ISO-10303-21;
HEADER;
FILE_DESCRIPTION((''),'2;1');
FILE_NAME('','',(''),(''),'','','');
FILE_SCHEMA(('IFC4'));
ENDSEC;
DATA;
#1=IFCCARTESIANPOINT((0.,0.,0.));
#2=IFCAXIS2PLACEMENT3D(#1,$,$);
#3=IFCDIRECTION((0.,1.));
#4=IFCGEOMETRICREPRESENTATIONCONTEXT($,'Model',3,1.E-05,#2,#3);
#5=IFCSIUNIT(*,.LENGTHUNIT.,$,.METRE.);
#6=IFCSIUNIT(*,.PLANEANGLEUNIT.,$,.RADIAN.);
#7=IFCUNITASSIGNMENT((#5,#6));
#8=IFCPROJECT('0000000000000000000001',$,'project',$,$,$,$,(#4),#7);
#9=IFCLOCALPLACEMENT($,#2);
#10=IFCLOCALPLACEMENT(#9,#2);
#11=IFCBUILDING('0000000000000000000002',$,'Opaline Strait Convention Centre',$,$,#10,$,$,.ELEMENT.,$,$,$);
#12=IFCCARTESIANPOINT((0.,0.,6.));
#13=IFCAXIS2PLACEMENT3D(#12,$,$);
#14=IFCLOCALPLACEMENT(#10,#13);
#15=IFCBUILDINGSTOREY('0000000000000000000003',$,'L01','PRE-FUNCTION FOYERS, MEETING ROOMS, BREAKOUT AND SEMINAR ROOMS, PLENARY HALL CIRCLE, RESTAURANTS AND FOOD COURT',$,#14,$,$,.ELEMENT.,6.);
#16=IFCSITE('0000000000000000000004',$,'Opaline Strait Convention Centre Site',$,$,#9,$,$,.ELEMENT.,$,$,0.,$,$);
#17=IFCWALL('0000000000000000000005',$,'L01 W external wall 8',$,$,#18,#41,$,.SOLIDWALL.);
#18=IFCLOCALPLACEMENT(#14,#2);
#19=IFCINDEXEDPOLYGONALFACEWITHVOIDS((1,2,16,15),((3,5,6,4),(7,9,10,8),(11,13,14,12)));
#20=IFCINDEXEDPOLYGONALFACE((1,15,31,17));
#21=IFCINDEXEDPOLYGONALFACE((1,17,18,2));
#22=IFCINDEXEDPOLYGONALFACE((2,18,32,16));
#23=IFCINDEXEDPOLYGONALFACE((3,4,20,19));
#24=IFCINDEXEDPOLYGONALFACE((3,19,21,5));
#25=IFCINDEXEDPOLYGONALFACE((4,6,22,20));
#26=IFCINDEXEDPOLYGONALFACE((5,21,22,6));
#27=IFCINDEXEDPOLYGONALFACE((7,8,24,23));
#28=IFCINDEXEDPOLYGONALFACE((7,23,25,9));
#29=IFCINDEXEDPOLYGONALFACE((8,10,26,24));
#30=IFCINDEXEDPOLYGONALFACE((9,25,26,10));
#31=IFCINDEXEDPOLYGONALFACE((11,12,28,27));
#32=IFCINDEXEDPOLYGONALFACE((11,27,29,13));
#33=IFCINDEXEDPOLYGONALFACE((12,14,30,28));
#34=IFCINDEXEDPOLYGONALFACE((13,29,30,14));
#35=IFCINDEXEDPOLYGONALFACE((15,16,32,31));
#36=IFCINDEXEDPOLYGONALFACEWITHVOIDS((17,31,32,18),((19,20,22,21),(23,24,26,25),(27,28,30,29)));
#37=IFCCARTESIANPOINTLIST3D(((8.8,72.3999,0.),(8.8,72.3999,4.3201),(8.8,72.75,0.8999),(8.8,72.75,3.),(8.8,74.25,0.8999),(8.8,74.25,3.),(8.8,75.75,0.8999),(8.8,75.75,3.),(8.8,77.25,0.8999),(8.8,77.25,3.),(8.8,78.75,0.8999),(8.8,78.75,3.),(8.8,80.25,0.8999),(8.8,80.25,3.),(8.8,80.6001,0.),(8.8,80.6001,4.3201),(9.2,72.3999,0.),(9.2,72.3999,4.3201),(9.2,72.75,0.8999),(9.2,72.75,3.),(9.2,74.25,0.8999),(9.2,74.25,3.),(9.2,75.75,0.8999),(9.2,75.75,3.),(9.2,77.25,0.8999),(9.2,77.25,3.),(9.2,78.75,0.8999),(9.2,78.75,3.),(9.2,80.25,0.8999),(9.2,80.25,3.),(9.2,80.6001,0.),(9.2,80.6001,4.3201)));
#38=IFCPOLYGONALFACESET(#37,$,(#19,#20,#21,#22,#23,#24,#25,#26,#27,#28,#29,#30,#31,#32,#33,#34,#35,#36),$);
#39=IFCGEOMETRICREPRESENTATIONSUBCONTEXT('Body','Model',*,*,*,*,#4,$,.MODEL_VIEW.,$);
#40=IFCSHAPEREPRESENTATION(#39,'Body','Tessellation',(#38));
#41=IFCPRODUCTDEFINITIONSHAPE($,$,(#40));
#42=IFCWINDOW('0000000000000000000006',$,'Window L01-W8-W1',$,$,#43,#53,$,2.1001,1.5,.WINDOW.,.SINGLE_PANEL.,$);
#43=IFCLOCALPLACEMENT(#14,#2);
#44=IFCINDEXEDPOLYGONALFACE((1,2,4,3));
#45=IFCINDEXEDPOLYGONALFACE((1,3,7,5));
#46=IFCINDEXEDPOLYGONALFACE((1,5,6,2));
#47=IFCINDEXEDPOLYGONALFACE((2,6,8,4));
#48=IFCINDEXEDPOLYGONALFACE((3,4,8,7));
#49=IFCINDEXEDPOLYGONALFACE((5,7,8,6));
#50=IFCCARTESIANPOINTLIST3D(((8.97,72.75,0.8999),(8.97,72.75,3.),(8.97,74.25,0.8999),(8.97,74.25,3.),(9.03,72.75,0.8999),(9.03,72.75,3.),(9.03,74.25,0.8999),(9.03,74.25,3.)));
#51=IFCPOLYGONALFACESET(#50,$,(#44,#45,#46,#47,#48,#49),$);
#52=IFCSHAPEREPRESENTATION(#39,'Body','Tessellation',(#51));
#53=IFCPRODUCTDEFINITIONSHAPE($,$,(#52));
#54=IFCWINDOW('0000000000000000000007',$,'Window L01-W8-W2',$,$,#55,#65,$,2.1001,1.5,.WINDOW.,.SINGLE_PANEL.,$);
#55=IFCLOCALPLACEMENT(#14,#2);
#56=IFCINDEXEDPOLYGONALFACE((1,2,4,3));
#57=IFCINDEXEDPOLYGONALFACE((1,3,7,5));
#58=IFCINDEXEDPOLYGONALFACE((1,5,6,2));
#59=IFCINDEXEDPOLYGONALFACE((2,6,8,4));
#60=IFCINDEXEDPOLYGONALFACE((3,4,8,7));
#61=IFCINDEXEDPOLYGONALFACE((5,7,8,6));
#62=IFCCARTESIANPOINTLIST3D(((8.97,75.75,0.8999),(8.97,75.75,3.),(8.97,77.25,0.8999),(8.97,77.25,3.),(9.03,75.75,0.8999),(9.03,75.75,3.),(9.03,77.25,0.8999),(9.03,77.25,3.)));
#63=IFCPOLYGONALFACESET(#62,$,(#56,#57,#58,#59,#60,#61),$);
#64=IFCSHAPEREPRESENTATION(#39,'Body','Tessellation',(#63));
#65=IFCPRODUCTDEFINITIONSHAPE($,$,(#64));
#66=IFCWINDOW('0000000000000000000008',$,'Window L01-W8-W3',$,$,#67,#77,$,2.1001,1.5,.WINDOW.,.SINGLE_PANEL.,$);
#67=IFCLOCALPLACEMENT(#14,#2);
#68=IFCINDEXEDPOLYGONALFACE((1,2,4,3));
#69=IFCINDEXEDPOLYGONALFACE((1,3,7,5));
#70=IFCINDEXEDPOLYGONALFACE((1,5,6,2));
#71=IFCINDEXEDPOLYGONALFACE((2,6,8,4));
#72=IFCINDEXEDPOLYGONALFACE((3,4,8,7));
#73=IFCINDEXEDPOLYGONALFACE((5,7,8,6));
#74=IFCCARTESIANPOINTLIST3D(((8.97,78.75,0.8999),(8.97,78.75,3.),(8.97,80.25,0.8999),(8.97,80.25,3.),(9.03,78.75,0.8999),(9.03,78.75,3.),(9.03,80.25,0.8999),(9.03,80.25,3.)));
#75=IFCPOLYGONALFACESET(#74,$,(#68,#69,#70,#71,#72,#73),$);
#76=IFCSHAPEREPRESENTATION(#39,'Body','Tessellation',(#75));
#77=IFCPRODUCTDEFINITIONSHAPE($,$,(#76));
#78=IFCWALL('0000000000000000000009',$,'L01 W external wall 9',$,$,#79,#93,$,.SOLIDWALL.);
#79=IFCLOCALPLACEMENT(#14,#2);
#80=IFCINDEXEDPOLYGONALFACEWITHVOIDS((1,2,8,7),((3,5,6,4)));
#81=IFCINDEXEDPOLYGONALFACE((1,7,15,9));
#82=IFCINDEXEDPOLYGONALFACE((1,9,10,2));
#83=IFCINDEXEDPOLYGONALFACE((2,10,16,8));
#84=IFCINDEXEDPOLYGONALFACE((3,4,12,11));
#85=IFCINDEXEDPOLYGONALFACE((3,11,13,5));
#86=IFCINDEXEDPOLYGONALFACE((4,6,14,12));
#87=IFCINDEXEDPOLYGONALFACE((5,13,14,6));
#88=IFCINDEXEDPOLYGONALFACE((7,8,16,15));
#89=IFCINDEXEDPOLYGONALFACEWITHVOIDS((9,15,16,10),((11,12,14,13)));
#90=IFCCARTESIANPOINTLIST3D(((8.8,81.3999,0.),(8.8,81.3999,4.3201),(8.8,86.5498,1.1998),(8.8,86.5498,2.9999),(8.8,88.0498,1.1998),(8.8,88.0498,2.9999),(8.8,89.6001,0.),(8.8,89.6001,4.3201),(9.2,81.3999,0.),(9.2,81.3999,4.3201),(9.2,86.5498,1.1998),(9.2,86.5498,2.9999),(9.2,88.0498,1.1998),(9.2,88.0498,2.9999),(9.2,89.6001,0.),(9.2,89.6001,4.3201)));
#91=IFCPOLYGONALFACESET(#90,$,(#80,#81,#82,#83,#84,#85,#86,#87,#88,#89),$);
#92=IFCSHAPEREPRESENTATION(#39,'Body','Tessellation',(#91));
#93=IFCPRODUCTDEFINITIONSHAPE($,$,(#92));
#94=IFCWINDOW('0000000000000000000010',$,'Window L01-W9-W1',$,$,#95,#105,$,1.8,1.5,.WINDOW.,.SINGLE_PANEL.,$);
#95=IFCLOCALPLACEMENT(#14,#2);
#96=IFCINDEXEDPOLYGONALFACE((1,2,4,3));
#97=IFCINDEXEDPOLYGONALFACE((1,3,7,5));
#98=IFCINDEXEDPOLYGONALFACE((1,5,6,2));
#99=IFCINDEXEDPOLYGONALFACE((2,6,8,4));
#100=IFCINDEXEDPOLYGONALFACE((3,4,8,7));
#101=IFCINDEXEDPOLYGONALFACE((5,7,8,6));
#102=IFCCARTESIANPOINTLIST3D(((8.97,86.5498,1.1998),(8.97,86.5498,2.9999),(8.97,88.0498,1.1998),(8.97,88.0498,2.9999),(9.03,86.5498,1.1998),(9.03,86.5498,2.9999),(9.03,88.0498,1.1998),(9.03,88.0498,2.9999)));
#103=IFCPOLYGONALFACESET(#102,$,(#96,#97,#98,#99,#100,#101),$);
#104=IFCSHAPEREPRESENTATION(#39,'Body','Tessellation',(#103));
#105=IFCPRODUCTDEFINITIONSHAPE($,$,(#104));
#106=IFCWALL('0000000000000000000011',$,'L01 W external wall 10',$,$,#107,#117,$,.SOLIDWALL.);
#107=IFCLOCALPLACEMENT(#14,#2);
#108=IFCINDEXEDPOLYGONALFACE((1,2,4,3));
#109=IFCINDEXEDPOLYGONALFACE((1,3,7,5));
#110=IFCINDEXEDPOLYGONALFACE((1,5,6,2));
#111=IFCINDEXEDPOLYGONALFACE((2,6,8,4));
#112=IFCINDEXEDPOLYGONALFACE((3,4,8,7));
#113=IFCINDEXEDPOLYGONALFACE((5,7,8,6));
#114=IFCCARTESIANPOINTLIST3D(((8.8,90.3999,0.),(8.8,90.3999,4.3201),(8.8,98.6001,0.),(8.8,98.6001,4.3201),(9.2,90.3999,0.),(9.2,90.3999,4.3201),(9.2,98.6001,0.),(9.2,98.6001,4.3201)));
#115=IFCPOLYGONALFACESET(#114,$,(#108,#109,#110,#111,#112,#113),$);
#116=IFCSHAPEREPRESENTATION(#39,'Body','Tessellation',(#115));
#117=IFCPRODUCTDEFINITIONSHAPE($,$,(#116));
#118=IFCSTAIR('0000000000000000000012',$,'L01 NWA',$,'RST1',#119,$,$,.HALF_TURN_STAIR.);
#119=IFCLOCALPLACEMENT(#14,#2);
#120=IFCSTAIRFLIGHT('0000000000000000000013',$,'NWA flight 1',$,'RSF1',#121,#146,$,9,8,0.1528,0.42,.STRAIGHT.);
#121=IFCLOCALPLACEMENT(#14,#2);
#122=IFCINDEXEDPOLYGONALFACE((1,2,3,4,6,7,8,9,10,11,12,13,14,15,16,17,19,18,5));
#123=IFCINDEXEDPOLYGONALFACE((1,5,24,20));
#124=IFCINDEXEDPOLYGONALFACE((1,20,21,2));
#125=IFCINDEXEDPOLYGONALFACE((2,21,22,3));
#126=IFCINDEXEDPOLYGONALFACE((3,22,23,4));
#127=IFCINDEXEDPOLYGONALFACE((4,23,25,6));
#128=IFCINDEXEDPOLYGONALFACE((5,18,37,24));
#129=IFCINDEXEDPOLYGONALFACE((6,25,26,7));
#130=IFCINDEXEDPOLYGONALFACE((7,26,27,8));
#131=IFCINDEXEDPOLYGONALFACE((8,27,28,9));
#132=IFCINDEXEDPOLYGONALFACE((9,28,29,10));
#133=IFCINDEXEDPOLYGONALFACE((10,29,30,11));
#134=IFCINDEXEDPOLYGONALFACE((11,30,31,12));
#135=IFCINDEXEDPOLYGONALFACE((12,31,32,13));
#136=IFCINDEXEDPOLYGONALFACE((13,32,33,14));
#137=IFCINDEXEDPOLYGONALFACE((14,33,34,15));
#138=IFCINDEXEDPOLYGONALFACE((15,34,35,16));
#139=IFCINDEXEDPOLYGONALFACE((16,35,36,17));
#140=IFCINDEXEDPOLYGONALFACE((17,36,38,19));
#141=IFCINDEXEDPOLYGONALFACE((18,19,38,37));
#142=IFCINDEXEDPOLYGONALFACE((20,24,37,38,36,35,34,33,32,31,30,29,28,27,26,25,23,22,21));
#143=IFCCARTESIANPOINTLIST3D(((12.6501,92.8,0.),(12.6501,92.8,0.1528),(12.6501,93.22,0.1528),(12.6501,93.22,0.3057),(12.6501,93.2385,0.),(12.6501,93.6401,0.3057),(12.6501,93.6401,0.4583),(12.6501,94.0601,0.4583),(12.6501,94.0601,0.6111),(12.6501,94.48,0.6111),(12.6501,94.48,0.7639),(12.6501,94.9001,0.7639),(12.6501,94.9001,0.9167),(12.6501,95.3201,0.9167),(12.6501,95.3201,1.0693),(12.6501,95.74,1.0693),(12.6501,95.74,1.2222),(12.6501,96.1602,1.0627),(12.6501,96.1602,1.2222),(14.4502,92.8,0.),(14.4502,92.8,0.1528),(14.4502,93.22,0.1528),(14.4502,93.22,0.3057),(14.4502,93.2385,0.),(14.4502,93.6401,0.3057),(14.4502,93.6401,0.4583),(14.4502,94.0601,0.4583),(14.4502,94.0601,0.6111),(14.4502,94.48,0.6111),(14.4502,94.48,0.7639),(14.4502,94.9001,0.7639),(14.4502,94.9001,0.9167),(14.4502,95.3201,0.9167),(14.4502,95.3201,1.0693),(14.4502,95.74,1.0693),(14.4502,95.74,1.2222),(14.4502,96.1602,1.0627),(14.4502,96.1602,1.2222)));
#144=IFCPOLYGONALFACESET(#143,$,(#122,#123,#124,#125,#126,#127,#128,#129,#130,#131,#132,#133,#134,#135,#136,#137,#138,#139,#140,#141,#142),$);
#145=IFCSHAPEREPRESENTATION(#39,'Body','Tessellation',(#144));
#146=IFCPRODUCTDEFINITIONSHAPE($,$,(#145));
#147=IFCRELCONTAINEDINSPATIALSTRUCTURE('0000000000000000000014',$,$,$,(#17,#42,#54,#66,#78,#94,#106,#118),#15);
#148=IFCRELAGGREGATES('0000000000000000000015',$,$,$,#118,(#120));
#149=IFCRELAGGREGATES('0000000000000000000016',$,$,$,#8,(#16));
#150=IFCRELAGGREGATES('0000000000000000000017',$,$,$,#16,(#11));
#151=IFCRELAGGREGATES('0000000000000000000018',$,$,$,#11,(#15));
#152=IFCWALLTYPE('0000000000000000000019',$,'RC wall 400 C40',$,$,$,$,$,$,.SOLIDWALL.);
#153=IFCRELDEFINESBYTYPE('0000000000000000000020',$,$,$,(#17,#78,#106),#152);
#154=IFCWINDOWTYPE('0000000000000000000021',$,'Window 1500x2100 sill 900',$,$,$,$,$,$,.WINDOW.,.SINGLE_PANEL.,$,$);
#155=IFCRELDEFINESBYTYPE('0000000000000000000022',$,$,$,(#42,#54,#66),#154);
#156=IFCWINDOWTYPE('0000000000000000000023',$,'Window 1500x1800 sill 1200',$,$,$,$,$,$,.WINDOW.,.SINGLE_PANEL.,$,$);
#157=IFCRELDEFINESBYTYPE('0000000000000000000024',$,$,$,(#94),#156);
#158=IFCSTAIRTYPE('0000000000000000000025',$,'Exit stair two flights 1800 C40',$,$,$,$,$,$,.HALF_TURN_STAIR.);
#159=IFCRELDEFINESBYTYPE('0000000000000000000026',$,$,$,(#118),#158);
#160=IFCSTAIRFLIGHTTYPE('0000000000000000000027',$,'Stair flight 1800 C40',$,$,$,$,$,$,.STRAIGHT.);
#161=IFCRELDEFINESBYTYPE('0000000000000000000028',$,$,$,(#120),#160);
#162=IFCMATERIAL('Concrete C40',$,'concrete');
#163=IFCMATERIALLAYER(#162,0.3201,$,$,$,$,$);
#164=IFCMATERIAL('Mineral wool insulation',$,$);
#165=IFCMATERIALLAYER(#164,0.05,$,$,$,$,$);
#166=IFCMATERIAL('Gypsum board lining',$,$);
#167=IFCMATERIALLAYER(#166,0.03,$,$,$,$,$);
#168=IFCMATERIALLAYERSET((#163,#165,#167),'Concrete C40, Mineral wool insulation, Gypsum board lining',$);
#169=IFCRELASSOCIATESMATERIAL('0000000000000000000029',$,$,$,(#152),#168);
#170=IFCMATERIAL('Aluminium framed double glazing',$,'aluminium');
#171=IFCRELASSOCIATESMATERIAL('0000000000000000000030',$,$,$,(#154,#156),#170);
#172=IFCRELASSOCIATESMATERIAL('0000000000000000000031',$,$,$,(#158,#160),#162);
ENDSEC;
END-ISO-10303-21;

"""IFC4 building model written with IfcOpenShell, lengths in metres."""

from ifc_helpers import new_model, si_unit, direction, frame, frame_2d, origin, place, context, subcontext, project, spatial, polyline, rectangle, outline, extrude, material, layer, layer_set, type_object, element, fill, aggregate, save


model = new_model("IFC4")

# Units and contexts
model_context = context("Model", 3, precision=1e-05, world=origin(), true_north=direction((0.0, 1.0)))
body_context = subcontext(model_context, "Body", "Model", "MODEL_VIEW")
ifc_project = project(units=[si_unit("LENGTHUNIT", "METRE"), si_unit("PLANEANGLEUNIT", "RADIAN")], contexts=[model_context])

# Site, building, storey
site_placement = place(None, origin())
site = spatial("IfcSite", under=ifc_project, at=site_placement, Name="Opaline Strait Convention Centre Site", CompositionType="ELEMENT", RefElevation=0.0)
building_placement = place(site_placement, origin())
building = spatial("IfcBuilding", under=site, at=building_placement, Name="Opaline Strait Convention Centre", CompositionType="ELEMENT")
storey_placement = place(building_placement, frame((0.0, 0.0, 6.0)))
storey = spatial("IfcBuildingStorey", under=building, at=storey_placement, Name="L01", Description="PRE-FUNCTION FOYERS, MEETING ROOMS, BREAKOUT AND SEMINAR ROOMS, PLENARY HALL CIRCLE, RESTAURANTS AND FOOD COURT", CompositionType="ELEMENT", Elevation=6.0)

# Shared definitions
ifc_material_1 = material(Name="Concrete C40", Category="concrete")

# Wall, openings, windows
ifc_layer_1 = layer(ifc_material_1, 0.3201)
ifc_material_2 = material(Name="Mineral wool insulation")
ifc_layer_2 = layer(ifc_material_2, 0.05)
ifc_material_3 = material(Name="Gypsum board lining")
ifc_layer_3 = layer(ifc_material_3, 0.03)
ifc_layer_set_1 = layer_set([ifc_layer_1, ifc_layer_2, ifc_layer_3], Name="Concrete C40, Mineral wool insulation, Gypsum board lining")
wall_type_1 = type_object("IfcWallType", Name="RC wall 400 C40", PredefinedType="SOLIDWALL", material=ifc_layer_set_1)
wall_1_placement = place(storey_placement, frame((9.0, 72.3999, 0.0), z_axis=(0.0, 0.0, 1.0), x_axis=(0.0, 1.0, 0.0)))
wall_1 = element("IfcWall", 1, at=wall_1_placement, inside=storey, type_object=wall_type_1, Name="L01 W external wall 8", PredefinedType="SOLIDWALL", context=body_context, shape_type="SweptSolid", body=[
    extrude(rectangle(XDim=8.2002, YDim=0.3999, at=frame_2d((4.1001, 0.0))), origin(), (0.0, 0.0, 1.0), 4.3201),
])
opening_1_placement = place(wall_1_placement, frame((0.3501, 0.0, 0.8999)))
opening_1 = element("IfcOpeningElement", 2, at=opening_1_placement, cuts=wall_1, PredefinedType="OPENING", context=body_context, shape_type="SweptSolid", body=[
    extrude(rectangle(XDim=1.5, YDim=2.1001, at=frame_2d((0.75, 1.05))), frame((0.0, 0.21, 0.0), z_axis=(0.0, -1.0, 0.0), x_axis=(1.0, 0.0, 0.0)), (0.0, 0.0, 1.0), 0.4199),
])
opening_2_placement = place(wall_1_placement, frame((3.3501, 0.0, 0.8999)))
opening_2 = element("IfcOpeningElement", 3, at=opening_2_placement, cuts=wall_1, PredefinedType="OPENING", context=body_context, shape_type="SweptSolid", body=[
    extrude(rectangle(XDim=1.5, YDim=2.1001, at=frame_2d((0.75, 1.05))), frame((0.0, 0.21, 0.0), z_axis=(0.0, -1.0, 0.0), x_axis=(1.0, 0.0, 0.0)), (0.0, 0.0, 1.0), 0.4199),
])
opening_3_placement = place(wall_1_placement, frame((6.3501, 0.0, 0.8999)))
opening_3 = element("IfcOpeningElement", 4, at=opening_3_placement, cuts=wall_1, PredefinedType="OPENING", context=body_context, shape_type="SweptSolid", body=[
    extrude(rectangle(XDim=1.5, YDim=2.1001, at=frame_2d((0.75, 1.05))), frame((0.0, 0.21, 0.0), z_axis=(0.0, -1.0, 0.0), x_axis=(1.0, 0.0, 0.0)), (0.0, 0.0, 1.0), 0.4199),
])
ifc_material_4 = material(Name="Aluminium framed double glazing", Category="aluminium")
window_type_1 = type_object("IfcWindowType", Name="Window 1500x2100 sill 900", PartitioningType="SINGLE_PANEL", PredefinedType="WINDOW", material=ifc_material_4)
window_1_placement = place(opening_1_placement, origin())
window_1 = element("IfcWindow", 5, at=window_1_placement, inside=storey, type_object=window_type_1, Name="Window L01-W8-W1", OverallHeight=2.1001, OverallWidth=1.5, PartitioningType="SINGLE_PANEL", PredefinedType="WINDOW", context=body_context, shape_type="SweptSolid", body=[
    extrude(rectangle(XDim=1.5, YDim=2.1001, at=frame_2d((0.75, 1.05))), frame((0.0, 0.03, 0.0), z_axis=(0.0, -1.0, 0.0), x_axis=(1.0, 0.0, 0.0)), (0.0, 0.0, 1.0), 0.0601),
])
fill(opening_1, window_1)
window_2_placement = place(opening_2_placement, origin())
window_2 = element("IfcWindow", 6, at=window_2_placement, inside=storey, type_object=window_type_1, Name="Window L01-W8-W2", OverallHeight=2.1001, OverallWidth=1.5, PartitioningType="SINGLE_PANEL", PredefinedType="WINDOW", context=body_context, shape_type="SweptSolid", body=[
    extrude(rectangle(XDim=1.5, YDim=2.1001, at=frame_2d((0.75, 1.05))), frame((0.0, 0.03, 0.0), z_axis=(0.0, -1.0, 0.0), x_axis=(1.0, 0.0, 0.0)), (0.0, 0.0, 1.0), 0.0601),
])
fill(opening_2, window_2)
window_3_placement = place(opening_3_placement, origin())
window_3 = element("IfcWindow", 7, at=window_3_placement, inside=storey, type_object=window_type_1, Name="Window L01-W8-W3", OverallHeight=2.1001, OverallWidth=1.5, PartitioningType="SINGLE_PANEL", PredefinedType="WINDOW", context=body_context, shape_type="SweptSolid", body=[
    extrude(rectangle(XDim=1.5, YDim=2.1001, at=frame_2d((0.75, 1.05))), frame((0.0, 0.03, 0.0), z_axis=(0.0, -1.0, 0.0), x_axis=(1.0, 0.0, 0.0)), (0.0, 0.0, 1.0), 0.0601),
])
fill(opening_3, window_3)

# Wall, opening, window
wall_2_placement = place(storey_placement, frame((9.0, 81.3999, 0.0), z_axis=(0.0, 0.0, 1.0), x_axis=(0.0, 1.0, 0.0)))
wall_2 = element("IfcWall", 8, at=wall_2_placement, inside=storey, type_object=wall_type_1, Name="L01 W external wall 9", PredefinedType="SOLIDWALL", context=body_context, shape_type="SweptSolid", body=[
    extrude(rectangle(XDim=8.2002, YDim=0.3999, at=frame_2d((4.1001, 0.0))), origin(), (0.0, 0.0, 1.0), 4.3201),
])
opening_4_placement = place(wall_2_placement, frame((5.1499, 0.0, 1.2)))
opening_4 = element("IfcOpeningElement", 9, at=opening_4_placement, cuts=wall_2, PredefinedType="OPENING", context=body_context, shape_type="SweptSolid", body=[
    extrude(rectangle(XDim=1.5, YDim=1.8, at=frame_2d((0.75, 0.8999))), frame((0.0, 0.21, 0.0), z_axis=(0.0, -1.0, 0.0), x_axis=(1.0, 0.0, 0.0)), (0.0, 0.0, 1.0), 0.4199),
])
window_type_2 = type_object("IfcWindowType", Name="Window 1500x1800 sill 1200", PartitioningType="SINGLE_PANEL", PredefinedType="WINDOW", material=ifc_material_4)
window_4_placement = place(opening_4_placement, origin())
window_4 = element("IfcWindow", 10, at=window_4_placement, inside=storey, type_object=window_type_2, Name="Window L01-W9-W1", OverallHeight=1.8, OverallWidth=1.5, PartitioningType="SINGLE_PANEL", PredefinedType="WINDOW", context=body_context, shape_type="SweptSolid", body=[
    extrude(rectangle(XDim=1.5, YDim=1.8, at=frame_2d((0.75, 0.8999))), frame((0.0, 0.03, 0.0), z_axis=(0.0, -1.0, 0.0), x_axis=(1.0, 0.0, 0.0)), (0.0, 0.0, 1.0), 0.0601),
])
fill(opening_4, window_4)

# Wall
wall_3_placement = place(storey_placement, frame((9.0, 90.3999, 0.0), z_axis=(0.0, 0.0, 1.0), x_axis=(0.0, 1.0, 0.0)))
element("IfcWall", 11, at=wall_3_placement, inside=storey, type_object=wall_type_1, Name="L01 W external wall 10", PredefinedType="SOLIDWALL", context=body_context, shape_type="SweptSolid", body=[
    extrude(rectangle(XDim=8.2002, YDim=0.3999, at=frame_2d((4.1001, 0.0))), origin(), (0.0, 0.0, 1.0), 4.3201),
])

# Stair, stair flight
stair_type = type_object("IfcStairType", Name="Exit stair two flights 1800 C40", PredefinedType="HALF_TURN_STAIR", material=ifc_material_1)
stair_placement = place(storey_placement, origin())
stair = element("IfcStair", 12, at=stair_placement, inside=storey, type_object=stair_type, Name="L01 NWA", ObjectType="RST1", PredefinedType="HALF_TURN_STAIR")
stair_flight_type = type_object("IfcStairFlightType", Name="Stair flight 1800 C40", PredefinedType="STRAIGHT", material=ifc_material_1)
stair_flight_1_placement = place(storey_placement, frame((13.55, 92.8, 0.0), z_axis=(0.0, 0.0, 1.0), x_axis=(0.0, 1.0, 0.0)))
stair_flight_1 = element("IfcStairFlight", 13, at=stair_flight_1_placement, type_object=stair_flight_type, Name="NWA flight 1", ObjectType="RSF1", NumberOfRisers=9, NumberOfTreads=8, PredefinedType="STRAIGHT", RiserHeight=0.1528, TreadLength=0.42, context=body_context, shape_type="SweptSolid", body=[
    extrude(outline(polyline([(0.0, 0.0), (0.0, 0.1528), (0.4199, 0.1528), (0.4199, 0.3057), (0.8401, 0.3057), (0.8401, 0.4583), (1.26, 0.4583), (1.26, 0.6111), (1.6799, 0.6111), (1.6799, 0.7639), (2.1001, 0.7639), (2.1001, 0.9167), (2.52, 0.9167), (2.52, 1.0693), (2.9399, 1.0693), (2.9399, 1.2222), (3.3601, 1.2222), (3.3601, 1.375), (3.3601, 1.0627), (0.4385, 0.0), (0.0, 0.0)])), frame((0.0, 0.8999, 0.0), z_axis=(0.0, -1.0, 0.0), x_axis=(1.0, 0.0, 0.0)), (0.0, 0.0, 1.0), 1.8),
])
aggregate(stair, [stair_flight_1])

save(model, "model.ifc")
